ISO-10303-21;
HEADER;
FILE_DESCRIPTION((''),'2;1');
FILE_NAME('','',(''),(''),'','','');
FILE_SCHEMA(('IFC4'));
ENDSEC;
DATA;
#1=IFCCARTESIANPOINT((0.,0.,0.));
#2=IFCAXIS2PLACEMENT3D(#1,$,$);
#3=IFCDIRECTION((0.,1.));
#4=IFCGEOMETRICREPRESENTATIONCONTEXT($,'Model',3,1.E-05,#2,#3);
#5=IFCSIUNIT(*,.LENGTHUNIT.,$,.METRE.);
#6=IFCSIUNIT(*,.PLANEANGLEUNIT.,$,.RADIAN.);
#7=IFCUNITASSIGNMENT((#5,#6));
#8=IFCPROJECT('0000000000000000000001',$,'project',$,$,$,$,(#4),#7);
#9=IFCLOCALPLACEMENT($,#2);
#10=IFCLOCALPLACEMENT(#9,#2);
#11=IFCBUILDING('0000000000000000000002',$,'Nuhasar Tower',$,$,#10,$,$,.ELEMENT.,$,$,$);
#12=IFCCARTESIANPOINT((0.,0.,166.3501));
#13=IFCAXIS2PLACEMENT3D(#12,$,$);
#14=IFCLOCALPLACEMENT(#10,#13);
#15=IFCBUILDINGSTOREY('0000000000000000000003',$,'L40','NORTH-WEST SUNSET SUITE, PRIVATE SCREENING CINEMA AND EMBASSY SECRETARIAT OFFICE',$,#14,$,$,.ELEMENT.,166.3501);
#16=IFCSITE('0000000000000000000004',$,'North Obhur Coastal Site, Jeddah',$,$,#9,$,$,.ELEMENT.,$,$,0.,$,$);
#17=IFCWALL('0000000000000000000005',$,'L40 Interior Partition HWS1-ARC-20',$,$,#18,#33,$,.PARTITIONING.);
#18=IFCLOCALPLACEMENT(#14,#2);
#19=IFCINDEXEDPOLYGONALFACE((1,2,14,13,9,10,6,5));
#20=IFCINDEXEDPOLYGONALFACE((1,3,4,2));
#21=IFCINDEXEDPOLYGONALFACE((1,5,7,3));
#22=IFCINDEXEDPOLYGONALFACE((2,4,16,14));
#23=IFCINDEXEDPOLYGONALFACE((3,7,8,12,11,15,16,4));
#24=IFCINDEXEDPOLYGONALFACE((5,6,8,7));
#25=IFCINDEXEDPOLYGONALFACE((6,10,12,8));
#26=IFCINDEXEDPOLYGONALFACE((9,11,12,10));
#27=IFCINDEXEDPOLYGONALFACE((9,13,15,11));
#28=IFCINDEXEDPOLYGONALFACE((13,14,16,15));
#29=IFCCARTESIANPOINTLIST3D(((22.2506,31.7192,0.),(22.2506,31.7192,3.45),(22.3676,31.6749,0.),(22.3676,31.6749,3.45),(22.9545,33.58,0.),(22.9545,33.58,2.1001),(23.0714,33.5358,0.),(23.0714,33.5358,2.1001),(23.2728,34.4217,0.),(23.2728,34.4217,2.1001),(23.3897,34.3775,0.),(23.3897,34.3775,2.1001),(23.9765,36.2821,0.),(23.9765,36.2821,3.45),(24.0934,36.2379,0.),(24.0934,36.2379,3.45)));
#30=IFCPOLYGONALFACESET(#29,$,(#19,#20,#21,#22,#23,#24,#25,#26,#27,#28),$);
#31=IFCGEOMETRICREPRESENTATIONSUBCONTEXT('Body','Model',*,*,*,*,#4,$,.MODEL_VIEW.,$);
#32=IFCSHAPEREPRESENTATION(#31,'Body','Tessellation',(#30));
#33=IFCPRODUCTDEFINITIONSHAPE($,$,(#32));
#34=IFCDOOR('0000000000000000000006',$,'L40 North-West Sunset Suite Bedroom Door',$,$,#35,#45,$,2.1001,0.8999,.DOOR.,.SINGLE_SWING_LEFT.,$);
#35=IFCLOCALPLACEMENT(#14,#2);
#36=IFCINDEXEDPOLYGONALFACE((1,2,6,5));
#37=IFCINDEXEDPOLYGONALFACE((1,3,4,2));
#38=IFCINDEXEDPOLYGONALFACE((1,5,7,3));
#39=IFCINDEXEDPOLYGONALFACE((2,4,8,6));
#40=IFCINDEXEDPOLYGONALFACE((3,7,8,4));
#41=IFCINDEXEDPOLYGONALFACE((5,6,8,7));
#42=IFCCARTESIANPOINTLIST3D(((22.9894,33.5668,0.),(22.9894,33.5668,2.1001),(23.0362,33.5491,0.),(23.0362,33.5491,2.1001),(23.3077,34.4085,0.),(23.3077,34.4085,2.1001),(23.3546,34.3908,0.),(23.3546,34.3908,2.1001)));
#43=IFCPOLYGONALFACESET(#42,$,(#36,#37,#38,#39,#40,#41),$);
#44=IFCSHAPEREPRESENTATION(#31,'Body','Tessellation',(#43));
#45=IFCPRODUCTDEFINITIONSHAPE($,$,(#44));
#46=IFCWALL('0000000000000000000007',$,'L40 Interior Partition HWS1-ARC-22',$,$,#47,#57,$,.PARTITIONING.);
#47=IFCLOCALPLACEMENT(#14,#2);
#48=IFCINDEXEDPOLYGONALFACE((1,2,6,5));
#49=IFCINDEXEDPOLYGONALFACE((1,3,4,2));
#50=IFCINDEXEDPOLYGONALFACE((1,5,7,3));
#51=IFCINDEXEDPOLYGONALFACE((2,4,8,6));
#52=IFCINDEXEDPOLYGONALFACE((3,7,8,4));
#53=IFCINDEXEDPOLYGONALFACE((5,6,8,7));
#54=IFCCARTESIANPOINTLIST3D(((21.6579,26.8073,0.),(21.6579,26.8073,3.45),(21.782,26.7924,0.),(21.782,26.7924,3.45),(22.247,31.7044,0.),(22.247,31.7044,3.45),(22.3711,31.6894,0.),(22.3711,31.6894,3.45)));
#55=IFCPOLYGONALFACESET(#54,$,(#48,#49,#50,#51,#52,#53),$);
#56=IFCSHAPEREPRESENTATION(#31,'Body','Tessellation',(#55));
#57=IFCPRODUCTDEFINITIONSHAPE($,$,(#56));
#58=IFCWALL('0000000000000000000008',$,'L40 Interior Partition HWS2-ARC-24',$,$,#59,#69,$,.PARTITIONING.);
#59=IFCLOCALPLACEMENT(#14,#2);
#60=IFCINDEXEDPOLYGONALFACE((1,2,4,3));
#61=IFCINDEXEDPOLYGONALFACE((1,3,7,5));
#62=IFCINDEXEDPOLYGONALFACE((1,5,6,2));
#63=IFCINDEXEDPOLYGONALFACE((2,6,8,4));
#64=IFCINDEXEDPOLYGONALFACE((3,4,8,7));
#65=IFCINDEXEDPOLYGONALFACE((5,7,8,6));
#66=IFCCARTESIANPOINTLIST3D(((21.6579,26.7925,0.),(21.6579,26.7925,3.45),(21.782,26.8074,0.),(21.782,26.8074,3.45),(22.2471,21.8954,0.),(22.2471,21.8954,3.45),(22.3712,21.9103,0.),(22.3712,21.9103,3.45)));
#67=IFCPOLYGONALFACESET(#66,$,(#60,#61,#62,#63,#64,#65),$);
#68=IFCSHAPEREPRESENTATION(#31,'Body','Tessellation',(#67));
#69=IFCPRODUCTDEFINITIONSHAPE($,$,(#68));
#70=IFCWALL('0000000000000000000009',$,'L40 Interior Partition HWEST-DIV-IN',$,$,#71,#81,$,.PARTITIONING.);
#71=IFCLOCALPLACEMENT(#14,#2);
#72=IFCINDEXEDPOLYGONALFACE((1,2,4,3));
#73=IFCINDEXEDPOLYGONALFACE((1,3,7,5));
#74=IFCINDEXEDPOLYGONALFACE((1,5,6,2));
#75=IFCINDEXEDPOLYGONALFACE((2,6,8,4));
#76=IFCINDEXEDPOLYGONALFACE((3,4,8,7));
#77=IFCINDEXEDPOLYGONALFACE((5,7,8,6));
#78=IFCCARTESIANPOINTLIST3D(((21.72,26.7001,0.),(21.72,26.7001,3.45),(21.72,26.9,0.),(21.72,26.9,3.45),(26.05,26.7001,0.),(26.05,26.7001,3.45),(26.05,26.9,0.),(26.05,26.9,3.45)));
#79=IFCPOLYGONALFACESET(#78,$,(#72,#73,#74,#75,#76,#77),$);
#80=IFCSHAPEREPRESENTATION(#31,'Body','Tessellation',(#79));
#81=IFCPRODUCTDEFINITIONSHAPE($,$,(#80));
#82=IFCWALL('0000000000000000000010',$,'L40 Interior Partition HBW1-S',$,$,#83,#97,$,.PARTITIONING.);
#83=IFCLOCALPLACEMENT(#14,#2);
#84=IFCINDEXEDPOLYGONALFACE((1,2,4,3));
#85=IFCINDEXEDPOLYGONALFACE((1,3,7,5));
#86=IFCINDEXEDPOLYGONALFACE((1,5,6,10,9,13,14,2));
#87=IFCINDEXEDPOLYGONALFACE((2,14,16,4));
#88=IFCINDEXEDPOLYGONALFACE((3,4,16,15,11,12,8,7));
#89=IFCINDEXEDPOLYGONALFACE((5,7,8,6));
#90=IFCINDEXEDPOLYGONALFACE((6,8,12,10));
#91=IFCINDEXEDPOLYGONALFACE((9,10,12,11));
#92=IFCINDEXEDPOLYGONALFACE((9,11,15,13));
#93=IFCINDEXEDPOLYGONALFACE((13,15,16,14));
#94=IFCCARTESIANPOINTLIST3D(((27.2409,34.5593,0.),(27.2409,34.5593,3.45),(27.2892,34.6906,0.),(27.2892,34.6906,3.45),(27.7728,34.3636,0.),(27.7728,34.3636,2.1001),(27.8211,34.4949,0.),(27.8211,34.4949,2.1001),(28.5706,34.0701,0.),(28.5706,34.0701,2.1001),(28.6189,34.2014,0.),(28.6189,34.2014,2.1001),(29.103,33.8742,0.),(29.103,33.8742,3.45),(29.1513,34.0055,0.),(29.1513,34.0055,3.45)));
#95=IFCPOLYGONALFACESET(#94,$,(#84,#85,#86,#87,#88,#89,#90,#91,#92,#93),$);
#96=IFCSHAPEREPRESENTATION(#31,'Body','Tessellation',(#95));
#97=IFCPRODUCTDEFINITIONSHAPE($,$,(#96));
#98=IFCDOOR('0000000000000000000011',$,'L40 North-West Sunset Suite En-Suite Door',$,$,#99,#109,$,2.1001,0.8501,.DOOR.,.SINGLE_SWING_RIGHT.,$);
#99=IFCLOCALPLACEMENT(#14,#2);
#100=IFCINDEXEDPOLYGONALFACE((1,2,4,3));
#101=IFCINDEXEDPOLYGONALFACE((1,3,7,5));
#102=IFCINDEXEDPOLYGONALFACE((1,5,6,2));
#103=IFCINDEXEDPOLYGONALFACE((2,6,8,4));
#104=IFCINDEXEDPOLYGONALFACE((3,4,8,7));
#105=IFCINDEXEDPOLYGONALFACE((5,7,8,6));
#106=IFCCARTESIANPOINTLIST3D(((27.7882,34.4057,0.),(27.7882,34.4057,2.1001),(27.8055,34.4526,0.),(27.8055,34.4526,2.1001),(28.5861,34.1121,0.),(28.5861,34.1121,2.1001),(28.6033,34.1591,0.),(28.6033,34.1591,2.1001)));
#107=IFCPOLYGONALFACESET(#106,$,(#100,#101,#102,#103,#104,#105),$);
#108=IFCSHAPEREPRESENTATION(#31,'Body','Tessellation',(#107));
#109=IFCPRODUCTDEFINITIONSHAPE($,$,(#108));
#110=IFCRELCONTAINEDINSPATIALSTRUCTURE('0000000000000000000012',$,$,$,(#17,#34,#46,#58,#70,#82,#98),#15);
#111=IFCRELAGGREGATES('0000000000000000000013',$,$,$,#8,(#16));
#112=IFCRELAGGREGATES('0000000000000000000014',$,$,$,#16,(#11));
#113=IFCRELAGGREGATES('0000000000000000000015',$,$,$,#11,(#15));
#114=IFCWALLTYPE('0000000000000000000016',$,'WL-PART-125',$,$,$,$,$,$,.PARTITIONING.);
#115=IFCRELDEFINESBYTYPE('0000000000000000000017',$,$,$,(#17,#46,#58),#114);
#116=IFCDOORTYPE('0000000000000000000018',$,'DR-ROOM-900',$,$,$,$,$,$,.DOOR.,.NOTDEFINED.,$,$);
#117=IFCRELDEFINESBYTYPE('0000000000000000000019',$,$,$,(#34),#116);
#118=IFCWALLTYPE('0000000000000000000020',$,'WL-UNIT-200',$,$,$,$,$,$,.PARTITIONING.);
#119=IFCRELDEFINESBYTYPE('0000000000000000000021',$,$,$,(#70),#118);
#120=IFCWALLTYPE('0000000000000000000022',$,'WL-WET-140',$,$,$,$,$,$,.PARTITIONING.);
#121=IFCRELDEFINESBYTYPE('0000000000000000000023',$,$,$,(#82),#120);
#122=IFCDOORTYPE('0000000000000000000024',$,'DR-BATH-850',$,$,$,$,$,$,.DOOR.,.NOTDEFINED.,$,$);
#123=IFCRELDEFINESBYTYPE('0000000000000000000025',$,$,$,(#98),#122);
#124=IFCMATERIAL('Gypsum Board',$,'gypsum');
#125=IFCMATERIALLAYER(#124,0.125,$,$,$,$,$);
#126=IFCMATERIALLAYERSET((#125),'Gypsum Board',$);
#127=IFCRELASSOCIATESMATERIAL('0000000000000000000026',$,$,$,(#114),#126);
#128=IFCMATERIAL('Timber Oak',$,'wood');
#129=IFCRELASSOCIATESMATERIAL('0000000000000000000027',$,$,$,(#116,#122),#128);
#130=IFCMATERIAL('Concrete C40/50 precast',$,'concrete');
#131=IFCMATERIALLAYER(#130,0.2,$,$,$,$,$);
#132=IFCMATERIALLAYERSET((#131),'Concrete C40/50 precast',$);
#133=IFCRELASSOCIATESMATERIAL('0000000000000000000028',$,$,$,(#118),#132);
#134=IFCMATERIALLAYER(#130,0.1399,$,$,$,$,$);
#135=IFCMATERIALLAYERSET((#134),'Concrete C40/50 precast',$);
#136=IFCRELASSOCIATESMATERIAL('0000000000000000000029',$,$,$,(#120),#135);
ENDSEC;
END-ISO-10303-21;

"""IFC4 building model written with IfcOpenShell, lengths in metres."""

from ifc_helpers import new_model, si_unit, direction, frame, frame_2d, origin, place, context, subcontext, project, spatial, rectangle, extrude, material, layer, layer_set, type_object, element, fill, save


model = new_model("IFC4")

# Units and contexts
model_context = context("Model", 3, precision=1e-05, world=origin(), true_north=direction((0.0, 1.0)))
body_context = subcontext(model_context, "Body", "Model", "MODEL_VIEW")
ifc_project = project(units=[si_unit("LENGTHUNIT", "METRE"), si_unit("PLANEANGLEUNIT", "RADIAN")], contexts=[model_context])

# Site, building, storey
site_placement = place(None, origin())
site = spatial("IfcSite", under=ifc_project, at=site_placement, Name="North Obhur Coastal Site, Jeddah", CompositionType="ELEMENT", RefElevation=0.0)
building_placement = place(site_placement, origin())
building = spatial("IfcBuilding", under=site, at=building_placement, Name="Nuhasar Tower", CompositionType="ELEMENT")
storey_placement = place(building_placement, frame((0.0, 0.0, 166.3501)))
storey = spatial("IfcBuildingStorey", under=building, at=storey_placement, Name="L40", Description="NORTH-WEST SUNSET SUITE, PRIVATE SCREENING CINEMA AND EMBASSY SECRETARIAT OFFICE", CompositionType="ELEMENT", Elevation=166.3501)

# Shared definitions
ifc_material_1 = material(Name="Gypsum Board", Category="gypsum")

# Shared definitions
ifc_material_2 = material(Name="Timber Oak", Category="wood")

# Shared definitions
ifc_layer_1 = layer(ifc_material_1, 0.125)
ifc_layer_set_1 = layer_set([ifc_layer_1], Name="Gypsum Board")
wall_type_1 = type_object("IfcWallType", Name="WL-PART-125", PredefinedType="PARTITIONING", material=ifc_layer_set_1)

# Wall, opening, door
wall_1_placement = place(storey_placement, frame((24.0349, 36.26, 0.0), z_axis=(0.0, 0.0, 1.0), x_axis=(-0.353765, -0.935334, 0.0)))
wall_1 = element("IfcWall", 1, at=wall_1_placement, inside=storey, type_object=wall_type_1, Name="L40 Interior Partition HWS1-ARC-20", PredefinedType="PARTITIONING", context=body_context, shape_type="SweptSolid", body=[
    extrude(rectangle(XDim=4.8784, YDim=0.125, at=frame_2d((2.4392, 0.0))), origin(), (0.0, 0.0, 1.0), 3.45),
])
opening_1_placement = place(wall_1_placement, frame((1.989, 0.0, 0.0)))
opening_1 = element("IfcOpeningElement", 2, at=opening_1_placement, cuts=wall_1, PredefinedType="OPENING", context=body_context, shape_type="SweptSolid", body=[
    extrude(rectangle(XDim=0.8999, YDim=2.1001, at=frame_2d((0.45, 1.05))), frame((0.0, 0.0725, 0.0), z_axis=(0.0, -1.0, 0.0), x_axis=(1.0, 0.0, 0.0)), (0.0, 0.0, 1.0), 0.145),
])
door_type_1 = type_object("IfcDoorType", Name="DR-ROOM-900", OperationType="NOTDEFINED", PredefinedType="DOOR", material=ifc_material_2)
door_1_placement = place(opening_1_placement, origin())
door_1 = element("IfcDoor", 3, at=door_1_placement, inside=storey, type_object=door_type_1, Name="L40 North-West Sunset Suite Bedroom Door", OperationType="SINGLE_SWING_LEFT", OverallHeight=2.1001, OverallWidth=0.8999, PredefinedType="DOOR", context=body_context, shape_type="SweptSolid", body=[
    extrude(rectangle(XDim=0.8999, YDim=2.1001, at=frame_2d((0.45, 1.05))), frame((0.0, 0.0249, 0.0), z_axis=(0.0, -1.0, 0.0), x_axis=(1.0, 0.0, 0.0)), (0.0, 0.0, 1.0), 0.05),
])
fill(opening_1, door_1)

# Walls
for number, where, z_axis, x_axis, name in (
    (4, (22.3091, 31.697, 0.0), (0.0, 0.0, 1.0), (-0.11944, -0.992841, 0.0), "L40 Interior Partition HWS1-ARC-22"),
    (5, (21.72, 26.8, 0.0), (0.0, 0.0, 1.0), (0.11944, -0.992841, 0.0), "L40 Interior Partition HWS2-ARC-24"),
):
    element("IfcWall", number, at=place(storey_placement, frame(where, z_axis=z_axis, x_axis=x_axis)), inside=storey, type_object=wall_type_1, Name=name, PredefinedType="PARTITIONING", context=body_context, shape_type="SweptSolid", body=[
        extrude(rectangle(XDim=4.9324, YDim=0.125, at=frame_2d((2.4663, 0.0))), origin(), (0.0, 0.0, 1.0), 3.45),
    ])
ifc_material_3 = material(Name="Concrete C40/50 precast", Category="concrete")
ifc_layer_2 = layer(ifc_material_3, 0.2)
ifc_layer_set_2 = layer_set([ifc_layer_2], Name="Concrete C40/50 precast")
wall_type_2 = type_object("IfcWallType", Name="WL-UNIT-200", PredefinedType="PARTITIONING", material=ifc_layer_set_2)
wall_2_placement = place(storey_placement, frame((26.05, 26.8, 0.0), z_axis=(0.0, 0.0, 1.0), x_axis=(-1.0, 0.0, 0.0)))
element("IfcWall", 6, at=wall_2_placement, inside=storey, type_object=wall_type_2, Name="L40 Interior Partition HWEST-DIV-IN", PredefinedType="PARTITIONING", context=body_context, shape_type="SweptSolid", body=[
    extrude(rectangle(XDim=4.3301, YDim=0.2, at=frame_2d((2.165, 0.0))), origin(), (0.0, 0.0, 1.0), 3.45),
])

# Wall, opening, door
ifc_layer_3 = layer(ifc_material_3, 0.1399)
ifc_layer_set_3 = layer_set([ifc_layer_3], Name="Concrete C40/50 precast")
wall_type_3 = type_object("IfcWallType", Name="WL-WET-140", PredefinedType="PARTITIONING", material=ifc_layer_set_3)
wall_3_placement = place(storey_placement, frame((27.2649, 34.625, 0.0), z_axis=(0.0, 0.0, 1.0), x_axis=(0.938501, -0.345278, 0.0)))
wall_3 = element("IfcWall", 7, at=wall_3_placement, inside=storey, type_object=wall_type_3, Name="L40 Interior Partition HBW1-S", PredefinedType="PARTITIONING", context=body_context, shape_type="SweptSolid", body=[
    extrude(rectangle(XDim=1.9841, YDim=0.1399, at=frame_2d((0.9922, 0.0))), origin(), (0.0, 0.0, 1.0), 3.45),
])
opening_2_placement = place(wall_3_placement, frame((0.5669, 0.0, 0.0)))
opening_2 = element("IfcOpeningElement", 8, at=opening_2_placement, cuts=wall_3, PredefinedType="OPENING", context=body_context, shape_type="SweptSolid", body=[
    extrude(rectangle(XDim=0.8501, YDim=2.1001, at=frame_2d((0.425, 1.05))), frame((0.0, 0.0801, 0.0), z_axis=(0.0, -1.0, 0.0), x_axis=(1.0, 0.0, 0.0)), (0.0, 0.0, 1.0), 0.1599),
])
door_type_2 = type_object("IfcDoorType", Name="DR-BATH-850", OperationType="NOTDEFINED", PredefinedType="DOOR", material=ifc_material_2)
door_2_placement = place(opening_2_placement, origin())
door_2 = element("IfcDoor", 9, at=door_2_placement, inside=storey, type_object=door_type_2, Name="L40 North-West Sunset Suite En-Suite Door", OperationType="SINGLE_SWING_RIGHT", OverallHeight=2.1001, OverallWidth=0.8501, PredefinedType="DOOR", context=body_context, shape_type="SweptSolid", body=[
    extrude(rectangle(XDim=0.8501, YDim=2.1001, at=frame_2d((0.425, 1.05))), frame((0.0, 0.0249, 0.0), z_axis=(0.0, -1.0, 0.0), x_axis=(1.0, 0.0, 0.0)), (0.0, 0.0, 1.0), 0.05),
])
fill(opening_2, door_2)

save(model, "model.ifc")
